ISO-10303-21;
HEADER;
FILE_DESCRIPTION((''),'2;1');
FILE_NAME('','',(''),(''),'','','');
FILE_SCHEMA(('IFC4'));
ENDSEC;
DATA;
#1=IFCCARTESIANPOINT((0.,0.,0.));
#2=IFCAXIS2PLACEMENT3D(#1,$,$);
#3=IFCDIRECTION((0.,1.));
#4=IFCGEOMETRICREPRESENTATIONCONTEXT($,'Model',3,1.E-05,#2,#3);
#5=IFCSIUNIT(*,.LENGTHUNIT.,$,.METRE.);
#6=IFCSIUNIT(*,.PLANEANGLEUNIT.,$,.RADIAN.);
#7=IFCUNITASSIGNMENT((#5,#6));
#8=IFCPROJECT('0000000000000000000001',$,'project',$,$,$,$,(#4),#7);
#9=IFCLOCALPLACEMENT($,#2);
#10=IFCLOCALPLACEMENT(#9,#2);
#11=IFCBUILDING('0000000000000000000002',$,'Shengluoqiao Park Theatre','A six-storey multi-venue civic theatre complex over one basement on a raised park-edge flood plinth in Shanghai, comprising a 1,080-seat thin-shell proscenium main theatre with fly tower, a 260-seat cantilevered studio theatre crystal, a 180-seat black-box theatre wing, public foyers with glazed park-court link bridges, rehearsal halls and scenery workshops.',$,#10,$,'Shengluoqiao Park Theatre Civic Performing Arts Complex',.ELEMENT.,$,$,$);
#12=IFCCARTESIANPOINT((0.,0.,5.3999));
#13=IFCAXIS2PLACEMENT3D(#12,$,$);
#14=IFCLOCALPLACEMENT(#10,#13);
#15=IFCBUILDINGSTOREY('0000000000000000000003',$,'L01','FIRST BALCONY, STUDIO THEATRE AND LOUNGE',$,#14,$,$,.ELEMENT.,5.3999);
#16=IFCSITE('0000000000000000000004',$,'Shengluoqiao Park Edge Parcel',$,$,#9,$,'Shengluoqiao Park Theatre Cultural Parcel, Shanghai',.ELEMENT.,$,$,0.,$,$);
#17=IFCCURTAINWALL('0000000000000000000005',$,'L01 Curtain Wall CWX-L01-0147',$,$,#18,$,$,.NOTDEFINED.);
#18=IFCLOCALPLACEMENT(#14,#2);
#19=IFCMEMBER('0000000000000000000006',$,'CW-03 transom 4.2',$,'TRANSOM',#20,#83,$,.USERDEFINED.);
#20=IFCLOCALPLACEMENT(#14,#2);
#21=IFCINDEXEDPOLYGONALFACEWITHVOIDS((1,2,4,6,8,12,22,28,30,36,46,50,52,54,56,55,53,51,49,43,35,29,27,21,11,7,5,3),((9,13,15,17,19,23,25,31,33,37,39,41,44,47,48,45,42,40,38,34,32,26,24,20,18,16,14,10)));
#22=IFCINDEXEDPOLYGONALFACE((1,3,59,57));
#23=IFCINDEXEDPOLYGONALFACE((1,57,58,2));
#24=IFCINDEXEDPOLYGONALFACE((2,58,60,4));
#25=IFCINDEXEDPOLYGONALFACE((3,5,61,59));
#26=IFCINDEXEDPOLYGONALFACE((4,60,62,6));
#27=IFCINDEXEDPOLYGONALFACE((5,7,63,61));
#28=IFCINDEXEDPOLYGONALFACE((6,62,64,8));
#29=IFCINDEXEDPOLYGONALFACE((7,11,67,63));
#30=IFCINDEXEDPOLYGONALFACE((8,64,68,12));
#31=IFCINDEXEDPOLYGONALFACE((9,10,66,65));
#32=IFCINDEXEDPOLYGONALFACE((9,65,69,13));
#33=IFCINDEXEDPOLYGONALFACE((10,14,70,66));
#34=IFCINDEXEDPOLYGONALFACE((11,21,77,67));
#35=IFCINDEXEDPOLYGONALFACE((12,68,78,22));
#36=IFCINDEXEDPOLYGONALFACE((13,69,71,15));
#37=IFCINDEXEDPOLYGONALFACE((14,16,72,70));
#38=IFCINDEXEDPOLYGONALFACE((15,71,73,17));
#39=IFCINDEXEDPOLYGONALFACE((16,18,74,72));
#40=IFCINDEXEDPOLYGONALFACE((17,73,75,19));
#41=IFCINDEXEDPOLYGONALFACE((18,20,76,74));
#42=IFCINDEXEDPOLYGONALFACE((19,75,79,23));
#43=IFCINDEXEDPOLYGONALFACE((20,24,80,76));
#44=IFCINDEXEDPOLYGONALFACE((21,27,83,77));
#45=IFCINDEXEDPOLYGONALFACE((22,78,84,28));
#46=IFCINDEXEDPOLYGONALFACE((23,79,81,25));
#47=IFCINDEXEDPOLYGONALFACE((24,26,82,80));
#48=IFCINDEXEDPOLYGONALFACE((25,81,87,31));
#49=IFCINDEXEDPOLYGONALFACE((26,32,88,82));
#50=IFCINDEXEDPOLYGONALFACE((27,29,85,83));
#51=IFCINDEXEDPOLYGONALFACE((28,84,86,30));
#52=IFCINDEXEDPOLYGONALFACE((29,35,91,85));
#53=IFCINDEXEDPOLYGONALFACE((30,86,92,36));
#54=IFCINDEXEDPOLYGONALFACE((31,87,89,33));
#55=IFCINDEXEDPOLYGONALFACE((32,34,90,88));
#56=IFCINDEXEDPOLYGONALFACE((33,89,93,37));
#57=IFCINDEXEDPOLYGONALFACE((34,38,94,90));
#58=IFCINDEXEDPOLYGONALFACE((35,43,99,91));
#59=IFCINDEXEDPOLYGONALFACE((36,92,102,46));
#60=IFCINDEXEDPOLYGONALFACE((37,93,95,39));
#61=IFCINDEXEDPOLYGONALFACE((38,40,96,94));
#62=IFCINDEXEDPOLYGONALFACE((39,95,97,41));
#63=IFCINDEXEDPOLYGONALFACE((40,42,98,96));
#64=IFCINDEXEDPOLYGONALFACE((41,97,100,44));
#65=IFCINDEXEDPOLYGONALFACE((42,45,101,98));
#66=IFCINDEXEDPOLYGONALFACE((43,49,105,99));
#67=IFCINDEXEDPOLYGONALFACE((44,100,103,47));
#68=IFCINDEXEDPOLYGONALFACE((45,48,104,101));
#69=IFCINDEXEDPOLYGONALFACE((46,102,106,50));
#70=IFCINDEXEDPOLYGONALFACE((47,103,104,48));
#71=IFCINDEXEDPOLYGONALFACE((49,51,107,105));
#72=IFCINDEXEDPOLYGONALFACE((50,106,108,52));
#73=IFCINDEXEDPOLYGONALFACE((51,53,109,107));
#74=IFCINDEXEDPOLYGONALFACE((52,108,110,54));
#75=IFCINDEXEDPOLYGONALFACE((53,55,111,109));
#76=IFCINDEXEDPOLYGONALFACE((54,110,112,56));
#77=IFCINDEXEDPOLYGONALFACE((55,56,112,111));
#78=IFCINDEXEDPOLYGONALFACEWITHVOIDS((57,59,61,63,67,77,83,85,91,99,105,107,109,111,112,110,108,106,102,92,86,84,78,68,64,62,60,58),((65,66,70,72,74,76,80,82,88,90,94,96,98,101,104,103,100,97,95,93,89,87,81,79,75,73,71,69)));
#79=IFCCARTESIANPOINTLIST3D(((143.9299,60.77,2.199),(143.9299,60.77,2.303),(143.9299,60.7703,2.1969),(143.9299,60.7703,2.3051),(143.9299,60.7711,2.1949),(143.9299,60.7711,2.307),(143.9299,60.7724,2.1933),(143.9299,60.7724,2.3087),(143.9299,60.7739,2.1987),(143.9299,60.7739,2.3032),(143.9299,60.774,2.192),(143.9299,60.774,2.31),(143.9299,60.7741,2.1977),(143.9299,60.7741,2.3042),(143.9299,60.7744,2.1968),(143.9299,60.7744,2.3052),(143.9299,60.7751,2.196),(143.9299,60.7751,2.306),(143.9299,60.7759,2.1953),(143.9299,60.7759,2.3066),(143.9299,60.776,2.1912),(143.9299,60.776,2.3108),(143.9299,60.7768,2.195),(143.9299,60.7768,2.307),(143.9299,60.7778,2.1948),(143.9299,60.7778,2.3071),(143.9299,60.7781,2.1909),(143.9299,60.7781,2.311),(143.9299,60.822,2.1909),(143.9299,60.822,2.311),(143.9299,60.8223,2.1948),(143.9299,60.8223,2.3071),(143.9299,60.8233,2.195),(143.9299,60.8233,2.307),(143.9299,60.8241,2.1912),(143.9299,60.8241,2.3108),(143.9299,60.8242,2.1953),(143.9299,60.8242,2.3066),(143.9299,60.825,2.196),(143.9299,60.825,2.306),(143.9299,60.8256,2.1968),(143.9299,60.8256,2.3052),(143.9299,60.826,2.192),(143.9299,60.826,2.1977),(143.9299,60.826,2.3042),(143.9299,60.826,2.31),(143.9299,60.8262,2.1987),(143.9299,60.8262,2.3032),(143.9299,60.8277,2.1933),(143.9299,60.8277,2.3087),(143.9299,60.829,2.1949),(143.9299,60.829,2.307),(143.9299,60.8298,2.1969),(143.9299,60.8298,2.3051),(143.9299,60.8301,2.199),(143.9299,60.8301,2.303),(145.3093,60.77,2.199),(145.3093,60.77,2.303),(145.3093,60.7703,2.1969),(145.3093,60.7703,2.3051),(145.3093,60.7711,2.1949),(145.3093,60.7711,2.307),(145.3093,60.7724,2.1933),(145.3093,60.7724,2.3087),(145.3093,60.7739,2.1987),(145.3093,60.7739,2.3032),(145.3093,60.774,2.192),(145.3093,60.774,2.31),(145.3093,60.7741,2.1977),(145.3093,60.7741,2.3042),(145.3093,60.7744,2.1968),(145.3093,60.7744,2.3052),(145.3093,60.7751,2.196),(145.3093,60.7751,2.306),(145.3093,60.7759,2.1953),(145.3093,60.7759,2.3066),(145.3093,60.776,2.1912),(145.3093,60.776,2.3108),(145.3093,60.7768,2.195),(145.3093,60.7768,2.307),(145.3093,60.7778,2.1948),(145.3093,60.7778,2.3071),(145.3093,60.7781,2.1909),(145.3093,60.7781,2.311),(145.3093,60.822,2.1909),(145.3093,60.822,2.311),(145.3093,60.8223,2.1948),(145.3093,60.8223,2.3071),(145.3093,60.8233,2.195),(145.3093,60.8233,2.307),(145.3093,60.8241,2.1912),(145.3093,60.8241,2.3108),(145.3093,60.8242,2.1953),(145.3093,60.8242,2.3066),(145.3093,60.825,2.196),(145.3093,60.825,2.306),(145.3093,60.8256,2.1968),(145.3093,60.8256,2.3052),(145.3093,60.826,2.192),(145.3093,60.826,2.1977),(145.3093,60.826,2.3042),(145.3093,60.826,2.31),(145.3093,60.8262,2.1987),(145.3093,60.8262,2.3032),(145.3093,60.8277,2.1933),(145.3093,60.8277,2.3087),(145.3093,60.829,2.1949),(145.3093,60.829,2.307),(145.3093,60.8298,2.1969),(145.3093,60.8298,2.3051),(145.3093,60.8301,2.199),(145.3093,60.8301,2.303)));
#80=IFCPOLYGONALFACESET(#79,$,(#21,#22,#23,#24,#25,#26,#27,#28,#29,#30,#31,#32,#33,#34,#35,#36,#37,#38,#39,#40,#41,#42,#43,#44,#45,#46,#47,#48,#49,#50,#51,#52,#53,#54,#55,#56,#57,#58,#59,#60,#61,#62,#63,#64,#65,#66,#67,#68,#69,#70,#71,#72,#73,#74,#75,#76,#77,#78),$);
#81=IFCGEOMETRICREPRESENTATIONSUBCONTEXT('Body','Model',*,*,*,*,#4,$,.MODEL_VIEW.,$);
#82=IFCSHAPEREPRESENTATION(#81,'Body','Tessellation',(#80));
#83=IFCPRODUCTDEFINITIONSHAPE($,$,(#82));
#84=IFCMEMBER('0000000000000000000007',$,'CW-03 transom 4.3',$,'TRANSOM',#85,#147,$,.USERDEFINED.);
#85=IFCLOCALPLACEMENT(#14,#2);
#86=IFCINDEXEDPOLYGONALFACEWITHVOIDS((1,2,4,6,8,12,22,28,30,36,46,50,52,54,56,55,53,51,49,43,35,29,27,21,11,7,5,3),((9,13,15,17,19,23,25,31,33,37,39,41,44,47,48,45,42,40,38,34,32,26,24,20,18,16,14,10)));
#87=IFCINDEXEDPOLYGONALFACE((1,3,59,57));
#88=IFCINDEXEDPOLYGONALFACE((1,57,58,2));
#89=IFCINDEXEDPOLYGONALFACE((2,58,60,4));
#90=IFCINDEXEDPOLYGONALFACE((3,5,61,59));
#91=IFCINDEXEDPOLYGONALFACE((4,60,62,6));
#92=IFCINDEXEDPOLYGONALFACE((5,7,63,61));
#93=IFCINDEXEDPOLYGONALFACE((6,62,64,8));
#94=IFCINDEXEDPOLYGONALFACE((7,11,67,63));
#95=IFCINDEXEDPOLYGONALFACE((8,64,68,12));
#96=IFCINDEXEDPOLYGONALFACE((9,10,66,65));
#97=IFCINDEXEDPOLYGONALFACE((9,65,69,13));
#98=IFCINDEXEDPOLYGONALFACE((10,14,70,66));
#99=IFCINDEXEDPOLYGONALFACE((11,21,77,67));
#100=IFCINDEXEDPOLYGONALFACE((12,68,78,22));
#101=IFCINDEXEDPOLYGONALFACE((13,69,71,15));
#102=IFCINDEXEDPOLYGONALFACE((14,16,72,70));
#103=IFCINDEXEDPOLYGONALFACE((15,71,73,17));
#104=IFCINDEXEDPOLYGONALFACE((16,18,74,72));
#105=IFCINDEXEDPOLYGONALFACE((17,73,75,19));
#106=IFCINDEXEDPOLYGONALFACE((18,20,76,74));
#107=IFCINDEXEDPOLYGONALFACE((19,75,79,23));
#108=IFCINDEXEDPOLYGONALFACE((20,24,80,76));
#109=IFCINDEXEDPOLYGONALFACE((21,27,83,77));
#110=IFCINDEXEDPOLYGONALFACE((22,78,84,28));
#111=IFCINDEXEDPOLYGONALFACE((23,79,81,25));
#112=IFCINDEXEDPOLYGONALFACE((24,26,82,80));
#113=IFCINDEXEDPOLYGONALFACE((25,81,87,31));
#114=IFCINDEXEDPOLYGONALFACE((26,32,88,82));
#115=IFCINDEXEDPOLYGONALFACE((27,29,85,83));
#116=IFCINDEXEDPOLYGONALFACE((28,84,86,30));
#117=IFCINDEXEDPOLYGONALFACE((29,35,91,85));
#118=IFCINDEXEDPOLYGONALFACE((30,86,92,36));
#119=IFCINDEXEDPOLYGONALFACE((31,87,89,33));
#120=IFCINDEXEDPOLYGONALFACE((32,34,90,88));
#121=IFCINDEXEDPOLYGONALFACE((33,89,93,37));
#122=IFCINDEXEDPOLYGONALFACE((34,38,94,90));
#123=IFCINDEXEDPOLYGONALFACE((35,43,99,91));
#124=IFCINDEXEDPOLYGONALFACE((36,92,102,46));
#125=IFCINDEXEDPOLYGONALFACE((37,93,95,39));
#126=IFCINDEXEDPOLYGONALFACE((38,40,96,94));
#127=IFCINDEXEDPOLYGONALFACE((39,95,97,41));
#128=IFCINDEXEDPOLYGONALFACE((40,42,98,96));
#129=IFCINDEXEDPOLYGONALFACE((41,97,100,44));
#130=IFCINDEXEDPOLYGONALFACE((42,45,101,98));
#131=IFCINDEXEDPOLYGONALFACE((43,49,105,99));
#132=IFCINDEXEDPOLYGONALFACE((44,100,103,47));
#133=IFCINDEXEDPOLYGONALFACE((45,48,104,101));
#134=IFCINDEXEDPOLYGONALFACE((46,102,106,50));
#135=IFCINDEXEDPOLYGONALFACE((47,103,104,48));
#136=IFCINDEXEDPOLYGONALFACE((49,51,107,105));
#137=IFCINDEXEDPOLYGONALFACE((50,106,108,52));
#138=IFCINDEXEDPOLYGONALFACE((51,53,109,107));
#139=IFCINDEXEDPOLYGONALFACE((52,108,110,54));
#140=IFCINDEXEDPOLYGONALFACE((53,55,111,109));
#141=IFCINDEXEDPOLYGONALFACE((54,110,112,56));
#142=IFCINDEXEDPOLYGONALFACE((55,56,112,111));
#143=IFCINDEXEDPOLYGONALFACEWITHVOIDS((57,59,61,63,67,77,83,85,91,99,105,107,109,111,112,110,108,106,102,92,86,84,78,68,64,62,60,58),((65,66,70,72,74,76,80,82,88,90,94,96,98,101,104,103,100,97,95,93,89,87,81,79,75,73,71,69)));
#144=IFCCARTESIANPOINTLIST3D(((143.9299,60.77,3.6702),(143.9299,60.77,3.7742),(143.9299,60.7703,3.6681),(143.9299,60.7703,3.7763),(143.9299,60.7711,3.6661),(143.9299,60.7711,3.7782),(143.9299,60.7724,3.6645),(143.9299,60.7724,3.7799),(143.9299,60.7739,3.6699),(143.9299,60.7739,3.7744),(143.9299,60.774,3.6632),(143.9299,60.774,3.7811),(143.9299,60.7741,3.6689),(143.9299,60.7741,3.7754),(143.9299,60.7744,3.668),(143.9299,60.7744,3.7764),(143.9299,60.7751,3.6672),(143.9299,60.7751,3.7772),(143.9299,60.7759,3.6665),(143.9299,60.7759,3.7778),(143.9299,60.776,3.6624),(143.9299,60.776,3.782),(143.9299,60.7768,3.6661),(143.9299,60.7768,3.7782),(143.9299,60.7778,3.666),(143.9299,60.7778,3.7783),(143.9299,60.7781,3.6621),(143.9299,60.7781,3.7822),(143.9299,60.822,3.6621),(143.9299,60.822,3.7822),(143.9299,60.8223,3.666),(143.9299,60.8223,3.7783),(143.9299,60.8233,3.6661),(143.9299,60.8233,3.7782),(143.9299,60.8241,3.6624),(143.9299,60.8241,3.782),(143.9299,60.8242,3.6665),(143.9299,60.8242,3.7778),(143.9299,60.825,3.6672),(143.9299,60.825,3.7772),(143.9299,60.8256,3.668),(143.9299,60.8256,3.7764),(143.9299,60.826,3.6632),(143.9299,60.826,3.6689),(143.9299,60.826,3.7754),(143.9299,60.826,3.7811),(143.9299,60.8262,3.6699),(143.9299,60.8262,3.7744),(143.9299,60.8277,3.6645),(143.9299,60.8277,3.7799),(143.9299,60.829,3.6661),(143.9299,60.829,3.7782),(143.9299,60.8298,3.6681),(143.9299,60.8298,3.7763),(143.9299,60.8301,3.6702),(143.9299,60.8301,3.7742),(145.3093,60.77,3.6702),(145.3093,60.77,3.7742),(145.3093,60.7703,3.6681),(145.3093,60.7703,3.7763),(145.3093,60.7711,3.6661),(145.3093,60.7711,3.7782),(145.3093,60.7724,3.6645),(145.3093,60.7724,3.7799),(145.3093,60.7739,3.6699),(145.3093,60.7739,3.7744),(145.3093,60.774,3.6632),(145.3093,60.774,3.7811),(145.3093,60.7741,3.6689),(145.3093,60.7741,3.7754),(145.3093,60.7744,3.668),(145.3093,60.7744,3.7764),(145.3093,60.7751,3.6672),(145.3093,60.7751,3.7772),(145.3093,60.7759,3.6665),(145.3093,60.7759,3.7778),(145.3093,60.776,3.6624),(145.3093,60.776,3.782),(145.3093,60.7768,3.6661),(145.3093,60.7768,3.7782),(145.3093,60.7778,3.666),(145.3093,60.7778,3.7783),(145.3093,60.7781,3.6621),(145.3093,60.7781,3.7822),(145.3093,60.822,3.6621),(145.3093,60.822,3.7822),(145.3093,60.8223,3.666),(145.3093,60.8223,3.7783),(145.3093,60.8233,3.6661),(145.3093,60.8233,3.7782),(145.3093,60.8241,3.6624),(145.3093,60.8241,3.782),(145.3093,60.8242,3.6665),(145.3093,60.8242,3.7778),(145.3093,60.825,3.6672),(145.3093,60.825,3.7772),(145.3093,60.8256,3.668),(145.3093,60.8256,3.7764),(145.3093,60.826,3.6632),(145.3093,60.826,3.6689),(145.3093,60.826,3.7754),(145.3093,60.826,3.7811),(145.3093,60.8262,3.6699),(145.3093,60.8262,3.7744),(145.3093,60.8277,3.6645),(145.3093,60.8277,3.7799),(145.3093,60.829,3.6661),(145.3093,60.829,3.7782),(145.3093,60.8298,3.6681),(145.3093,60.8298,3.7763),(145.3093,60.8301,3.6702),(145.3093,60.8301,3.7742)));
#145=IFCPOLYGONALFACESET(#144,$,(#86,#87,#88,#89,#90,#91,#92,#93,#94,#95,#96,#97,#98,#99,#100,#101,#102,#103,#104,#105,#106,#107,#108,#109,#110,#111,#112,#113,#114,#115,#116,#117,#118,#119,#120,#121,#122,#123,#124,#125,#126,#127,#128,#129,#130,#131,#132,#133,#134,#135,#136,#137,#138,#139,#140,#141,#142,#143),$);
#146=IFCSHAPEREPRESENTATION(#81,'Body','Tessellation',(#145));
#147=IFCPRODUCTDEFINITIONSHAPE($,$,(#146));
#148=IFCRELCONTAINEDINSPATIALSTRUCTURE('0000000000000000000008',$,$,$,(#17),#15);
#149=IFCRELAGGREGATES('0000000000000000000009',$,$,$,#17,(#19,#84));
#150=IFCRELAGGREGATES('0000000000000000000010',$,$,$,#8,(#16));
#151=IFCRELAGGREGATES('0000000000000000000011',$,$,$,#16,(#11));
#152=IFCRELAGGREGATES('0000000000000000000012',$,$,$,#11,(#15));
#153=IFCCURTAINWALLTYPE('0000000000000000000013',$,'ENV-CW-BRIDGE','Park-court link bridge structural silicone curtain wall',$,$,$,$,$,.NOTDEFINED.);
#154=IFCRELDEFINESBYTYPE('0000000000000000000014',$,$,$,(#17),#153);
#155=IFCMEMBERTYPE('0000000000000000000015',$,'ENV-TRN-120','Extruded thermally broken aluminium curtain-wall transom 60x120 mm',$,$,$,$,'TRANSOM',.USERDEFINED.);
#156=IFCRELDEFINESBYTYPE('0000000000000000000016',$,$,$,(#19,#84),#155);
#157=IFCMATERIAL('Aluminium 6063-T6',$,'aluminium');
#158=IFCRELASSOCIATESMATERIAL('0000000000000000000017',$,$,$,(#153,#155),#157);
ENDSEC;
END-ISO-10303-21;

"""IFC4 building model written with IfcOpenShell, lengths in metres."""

from ifc_helpers import new_model, si_unit, direction, frame, origin, origin_2d, place, context, subcontext, project, spatial, hollow_rectangle, extrude, material, material_profile, profile_set, type_object, element, aggregate, save


model = new_model("IFC4")

# Units and contexts
model_context = context("Model", 3, precision=1e-05, world=origin(), true_north=direction((0.0, 1.0)))
body_context = subcontext(model_context, "Body", "Model", "MODEL_VIEW")
ifc_project = project(units=[si_unit("LENGTHUNIT", "METRE"), si_unit("PLANEANGLEUNIT", "RADIAN")], contexts=[model_context])

# Site, building, storey
site_placement = place(None, origin())
site = spatial("IfcSite", under=ifc_project, at=site_placement, Name="Shengluoqiao Park Edge Parcel", LongName="Shengluoqiao Park Theatre Cultural Parcel, Shanghai", CompositionType="ELEMENT", RefElevation=0.0)
building_placement = place(site_placement, origin())
building = spatial("IfcBuilding", under=site, at=building_placement, Name="Shengluoqiao Park Theatre", Description="A six-storey multi-venue civic theatre complex over one basement on a raised park-edge flood plinth in Shanghai, comprising a 1,080-seat thin-shell proscenium main theatre with fly tower, a 260-seat cantilevered studio theatre crystal, a 180-seat black-box theatre wing, public foyers with glazed park-court link bridges, rehearsal halls and scenery workshops.", LongName="Shengluoqiao Park Theatre Civic Performing Arts Complex", CompositionType="ELEMENT")
storey_placement = place(building_placement, frame((0.0, 0.0, 5.3999)))
storey = spatial("IfcBuildingStorey", under=building, at=storey_placement, Name="L01", Description="FIRST BALCONY, STUDIO THEATRE AND LOUNGE", CompositionType="ELEMENT", Elevation=5.3999)

# Curtain wall
ifc_material_1 = material(Name="Aluminium 6063-T6", Category="aluminium")
curtain_wall_type = type_object("IfcCurtainWallType", Name="ENV-CW-BRIDGE", Description="Park-court link bridge structural silicone curtain wall", PredefinedType="NOTDEFINED", material=ifc_material_1)
curtain_wall_1_placement = place(storey_placement, origin())
curtain_wall_1 = element("IfcCurtainWall", 1, at=curtain_wall_1_placement, inside=storey, type_object=curtain_wall_type, Name="L01 Curtain Wall CWX-L01-0147", PredefinedType="NOTDEFINED")

# Members
ifc_material_profile_1 = material_profile(ifc_material_1, hollow_rectangle(XDim=0.0601, YDim=0.1201, WallThickness=0.0039, InnerFilletRadius=0.0039, OuterFilletRadius=0.0081, at=origin_2d()), Name="ALU TRANSOM 120x60x4")
ifc_profile_set_1 = profile_set([ifc_material_profile_1], Name="Aluminium 6063-T6")
member_type_1 = type_object("IfcMemberType", Name="ENV-TRN-120", Description="Extruded thermally broken aluminium curtain-wall transom 60x120 mm", ElementType="TRANSOM", PredefinedType="USERDEFINED", material=ifc_profile_set_1)
member_1_placement = place(storey_placement, frame((143.9299, 60.8, 2.251), z_axis=(1.0, 0.0, 0.0), x_axis=(0.0, 1.0, 0.0)))
member_1 = element("IfcMember", 2, at=member_1_placement, type_object=member_type_1, Name="CW-03 transom 4.2", ObjectType="TRANSOM", PredefinedType="USERDEFINED", context=body_context, shape_type="SweptSolid", body=[
    extrude(hollow_rectangle(XDim=0.0601, YDim=0.1201, WallThickness=0.0039, InnerFilletRadius=0.0039, OuterFilletRadius=0.0081, at=origin_2d()), origin(), (0.0, 0.0, 1.0), 1.3794),
])
member_2_placement = place(storey_placement, frame((143.9299, 60.8, 3.7222), z_axis=(1.0, 0.0, 0.0), x_axis=(0.0, 1.0, 0.0)))
member_2 = element("IfcMember", 3, at=member_2_placement, type_object=member_type_1, Name="CW-03 transom 4.3", ObjectType="TRANSOM", PredefinedType="USERDEFINED", context=body_context, shape_type="SweptSolid", body=[
    extrude(hollow_rectangle(XDim=0.0601, YDim=0.1201, WallThickness=0.0039, InnerFilletRadius=0.0039, OuterFilletRadius=0.0081, at=origin_2d()), origin(), (0.0, 0.0, 1.0), 1.3794),
])

aggregate(curtain_wall_1, [member_1, member_2])

save(model, "model.ifc")
